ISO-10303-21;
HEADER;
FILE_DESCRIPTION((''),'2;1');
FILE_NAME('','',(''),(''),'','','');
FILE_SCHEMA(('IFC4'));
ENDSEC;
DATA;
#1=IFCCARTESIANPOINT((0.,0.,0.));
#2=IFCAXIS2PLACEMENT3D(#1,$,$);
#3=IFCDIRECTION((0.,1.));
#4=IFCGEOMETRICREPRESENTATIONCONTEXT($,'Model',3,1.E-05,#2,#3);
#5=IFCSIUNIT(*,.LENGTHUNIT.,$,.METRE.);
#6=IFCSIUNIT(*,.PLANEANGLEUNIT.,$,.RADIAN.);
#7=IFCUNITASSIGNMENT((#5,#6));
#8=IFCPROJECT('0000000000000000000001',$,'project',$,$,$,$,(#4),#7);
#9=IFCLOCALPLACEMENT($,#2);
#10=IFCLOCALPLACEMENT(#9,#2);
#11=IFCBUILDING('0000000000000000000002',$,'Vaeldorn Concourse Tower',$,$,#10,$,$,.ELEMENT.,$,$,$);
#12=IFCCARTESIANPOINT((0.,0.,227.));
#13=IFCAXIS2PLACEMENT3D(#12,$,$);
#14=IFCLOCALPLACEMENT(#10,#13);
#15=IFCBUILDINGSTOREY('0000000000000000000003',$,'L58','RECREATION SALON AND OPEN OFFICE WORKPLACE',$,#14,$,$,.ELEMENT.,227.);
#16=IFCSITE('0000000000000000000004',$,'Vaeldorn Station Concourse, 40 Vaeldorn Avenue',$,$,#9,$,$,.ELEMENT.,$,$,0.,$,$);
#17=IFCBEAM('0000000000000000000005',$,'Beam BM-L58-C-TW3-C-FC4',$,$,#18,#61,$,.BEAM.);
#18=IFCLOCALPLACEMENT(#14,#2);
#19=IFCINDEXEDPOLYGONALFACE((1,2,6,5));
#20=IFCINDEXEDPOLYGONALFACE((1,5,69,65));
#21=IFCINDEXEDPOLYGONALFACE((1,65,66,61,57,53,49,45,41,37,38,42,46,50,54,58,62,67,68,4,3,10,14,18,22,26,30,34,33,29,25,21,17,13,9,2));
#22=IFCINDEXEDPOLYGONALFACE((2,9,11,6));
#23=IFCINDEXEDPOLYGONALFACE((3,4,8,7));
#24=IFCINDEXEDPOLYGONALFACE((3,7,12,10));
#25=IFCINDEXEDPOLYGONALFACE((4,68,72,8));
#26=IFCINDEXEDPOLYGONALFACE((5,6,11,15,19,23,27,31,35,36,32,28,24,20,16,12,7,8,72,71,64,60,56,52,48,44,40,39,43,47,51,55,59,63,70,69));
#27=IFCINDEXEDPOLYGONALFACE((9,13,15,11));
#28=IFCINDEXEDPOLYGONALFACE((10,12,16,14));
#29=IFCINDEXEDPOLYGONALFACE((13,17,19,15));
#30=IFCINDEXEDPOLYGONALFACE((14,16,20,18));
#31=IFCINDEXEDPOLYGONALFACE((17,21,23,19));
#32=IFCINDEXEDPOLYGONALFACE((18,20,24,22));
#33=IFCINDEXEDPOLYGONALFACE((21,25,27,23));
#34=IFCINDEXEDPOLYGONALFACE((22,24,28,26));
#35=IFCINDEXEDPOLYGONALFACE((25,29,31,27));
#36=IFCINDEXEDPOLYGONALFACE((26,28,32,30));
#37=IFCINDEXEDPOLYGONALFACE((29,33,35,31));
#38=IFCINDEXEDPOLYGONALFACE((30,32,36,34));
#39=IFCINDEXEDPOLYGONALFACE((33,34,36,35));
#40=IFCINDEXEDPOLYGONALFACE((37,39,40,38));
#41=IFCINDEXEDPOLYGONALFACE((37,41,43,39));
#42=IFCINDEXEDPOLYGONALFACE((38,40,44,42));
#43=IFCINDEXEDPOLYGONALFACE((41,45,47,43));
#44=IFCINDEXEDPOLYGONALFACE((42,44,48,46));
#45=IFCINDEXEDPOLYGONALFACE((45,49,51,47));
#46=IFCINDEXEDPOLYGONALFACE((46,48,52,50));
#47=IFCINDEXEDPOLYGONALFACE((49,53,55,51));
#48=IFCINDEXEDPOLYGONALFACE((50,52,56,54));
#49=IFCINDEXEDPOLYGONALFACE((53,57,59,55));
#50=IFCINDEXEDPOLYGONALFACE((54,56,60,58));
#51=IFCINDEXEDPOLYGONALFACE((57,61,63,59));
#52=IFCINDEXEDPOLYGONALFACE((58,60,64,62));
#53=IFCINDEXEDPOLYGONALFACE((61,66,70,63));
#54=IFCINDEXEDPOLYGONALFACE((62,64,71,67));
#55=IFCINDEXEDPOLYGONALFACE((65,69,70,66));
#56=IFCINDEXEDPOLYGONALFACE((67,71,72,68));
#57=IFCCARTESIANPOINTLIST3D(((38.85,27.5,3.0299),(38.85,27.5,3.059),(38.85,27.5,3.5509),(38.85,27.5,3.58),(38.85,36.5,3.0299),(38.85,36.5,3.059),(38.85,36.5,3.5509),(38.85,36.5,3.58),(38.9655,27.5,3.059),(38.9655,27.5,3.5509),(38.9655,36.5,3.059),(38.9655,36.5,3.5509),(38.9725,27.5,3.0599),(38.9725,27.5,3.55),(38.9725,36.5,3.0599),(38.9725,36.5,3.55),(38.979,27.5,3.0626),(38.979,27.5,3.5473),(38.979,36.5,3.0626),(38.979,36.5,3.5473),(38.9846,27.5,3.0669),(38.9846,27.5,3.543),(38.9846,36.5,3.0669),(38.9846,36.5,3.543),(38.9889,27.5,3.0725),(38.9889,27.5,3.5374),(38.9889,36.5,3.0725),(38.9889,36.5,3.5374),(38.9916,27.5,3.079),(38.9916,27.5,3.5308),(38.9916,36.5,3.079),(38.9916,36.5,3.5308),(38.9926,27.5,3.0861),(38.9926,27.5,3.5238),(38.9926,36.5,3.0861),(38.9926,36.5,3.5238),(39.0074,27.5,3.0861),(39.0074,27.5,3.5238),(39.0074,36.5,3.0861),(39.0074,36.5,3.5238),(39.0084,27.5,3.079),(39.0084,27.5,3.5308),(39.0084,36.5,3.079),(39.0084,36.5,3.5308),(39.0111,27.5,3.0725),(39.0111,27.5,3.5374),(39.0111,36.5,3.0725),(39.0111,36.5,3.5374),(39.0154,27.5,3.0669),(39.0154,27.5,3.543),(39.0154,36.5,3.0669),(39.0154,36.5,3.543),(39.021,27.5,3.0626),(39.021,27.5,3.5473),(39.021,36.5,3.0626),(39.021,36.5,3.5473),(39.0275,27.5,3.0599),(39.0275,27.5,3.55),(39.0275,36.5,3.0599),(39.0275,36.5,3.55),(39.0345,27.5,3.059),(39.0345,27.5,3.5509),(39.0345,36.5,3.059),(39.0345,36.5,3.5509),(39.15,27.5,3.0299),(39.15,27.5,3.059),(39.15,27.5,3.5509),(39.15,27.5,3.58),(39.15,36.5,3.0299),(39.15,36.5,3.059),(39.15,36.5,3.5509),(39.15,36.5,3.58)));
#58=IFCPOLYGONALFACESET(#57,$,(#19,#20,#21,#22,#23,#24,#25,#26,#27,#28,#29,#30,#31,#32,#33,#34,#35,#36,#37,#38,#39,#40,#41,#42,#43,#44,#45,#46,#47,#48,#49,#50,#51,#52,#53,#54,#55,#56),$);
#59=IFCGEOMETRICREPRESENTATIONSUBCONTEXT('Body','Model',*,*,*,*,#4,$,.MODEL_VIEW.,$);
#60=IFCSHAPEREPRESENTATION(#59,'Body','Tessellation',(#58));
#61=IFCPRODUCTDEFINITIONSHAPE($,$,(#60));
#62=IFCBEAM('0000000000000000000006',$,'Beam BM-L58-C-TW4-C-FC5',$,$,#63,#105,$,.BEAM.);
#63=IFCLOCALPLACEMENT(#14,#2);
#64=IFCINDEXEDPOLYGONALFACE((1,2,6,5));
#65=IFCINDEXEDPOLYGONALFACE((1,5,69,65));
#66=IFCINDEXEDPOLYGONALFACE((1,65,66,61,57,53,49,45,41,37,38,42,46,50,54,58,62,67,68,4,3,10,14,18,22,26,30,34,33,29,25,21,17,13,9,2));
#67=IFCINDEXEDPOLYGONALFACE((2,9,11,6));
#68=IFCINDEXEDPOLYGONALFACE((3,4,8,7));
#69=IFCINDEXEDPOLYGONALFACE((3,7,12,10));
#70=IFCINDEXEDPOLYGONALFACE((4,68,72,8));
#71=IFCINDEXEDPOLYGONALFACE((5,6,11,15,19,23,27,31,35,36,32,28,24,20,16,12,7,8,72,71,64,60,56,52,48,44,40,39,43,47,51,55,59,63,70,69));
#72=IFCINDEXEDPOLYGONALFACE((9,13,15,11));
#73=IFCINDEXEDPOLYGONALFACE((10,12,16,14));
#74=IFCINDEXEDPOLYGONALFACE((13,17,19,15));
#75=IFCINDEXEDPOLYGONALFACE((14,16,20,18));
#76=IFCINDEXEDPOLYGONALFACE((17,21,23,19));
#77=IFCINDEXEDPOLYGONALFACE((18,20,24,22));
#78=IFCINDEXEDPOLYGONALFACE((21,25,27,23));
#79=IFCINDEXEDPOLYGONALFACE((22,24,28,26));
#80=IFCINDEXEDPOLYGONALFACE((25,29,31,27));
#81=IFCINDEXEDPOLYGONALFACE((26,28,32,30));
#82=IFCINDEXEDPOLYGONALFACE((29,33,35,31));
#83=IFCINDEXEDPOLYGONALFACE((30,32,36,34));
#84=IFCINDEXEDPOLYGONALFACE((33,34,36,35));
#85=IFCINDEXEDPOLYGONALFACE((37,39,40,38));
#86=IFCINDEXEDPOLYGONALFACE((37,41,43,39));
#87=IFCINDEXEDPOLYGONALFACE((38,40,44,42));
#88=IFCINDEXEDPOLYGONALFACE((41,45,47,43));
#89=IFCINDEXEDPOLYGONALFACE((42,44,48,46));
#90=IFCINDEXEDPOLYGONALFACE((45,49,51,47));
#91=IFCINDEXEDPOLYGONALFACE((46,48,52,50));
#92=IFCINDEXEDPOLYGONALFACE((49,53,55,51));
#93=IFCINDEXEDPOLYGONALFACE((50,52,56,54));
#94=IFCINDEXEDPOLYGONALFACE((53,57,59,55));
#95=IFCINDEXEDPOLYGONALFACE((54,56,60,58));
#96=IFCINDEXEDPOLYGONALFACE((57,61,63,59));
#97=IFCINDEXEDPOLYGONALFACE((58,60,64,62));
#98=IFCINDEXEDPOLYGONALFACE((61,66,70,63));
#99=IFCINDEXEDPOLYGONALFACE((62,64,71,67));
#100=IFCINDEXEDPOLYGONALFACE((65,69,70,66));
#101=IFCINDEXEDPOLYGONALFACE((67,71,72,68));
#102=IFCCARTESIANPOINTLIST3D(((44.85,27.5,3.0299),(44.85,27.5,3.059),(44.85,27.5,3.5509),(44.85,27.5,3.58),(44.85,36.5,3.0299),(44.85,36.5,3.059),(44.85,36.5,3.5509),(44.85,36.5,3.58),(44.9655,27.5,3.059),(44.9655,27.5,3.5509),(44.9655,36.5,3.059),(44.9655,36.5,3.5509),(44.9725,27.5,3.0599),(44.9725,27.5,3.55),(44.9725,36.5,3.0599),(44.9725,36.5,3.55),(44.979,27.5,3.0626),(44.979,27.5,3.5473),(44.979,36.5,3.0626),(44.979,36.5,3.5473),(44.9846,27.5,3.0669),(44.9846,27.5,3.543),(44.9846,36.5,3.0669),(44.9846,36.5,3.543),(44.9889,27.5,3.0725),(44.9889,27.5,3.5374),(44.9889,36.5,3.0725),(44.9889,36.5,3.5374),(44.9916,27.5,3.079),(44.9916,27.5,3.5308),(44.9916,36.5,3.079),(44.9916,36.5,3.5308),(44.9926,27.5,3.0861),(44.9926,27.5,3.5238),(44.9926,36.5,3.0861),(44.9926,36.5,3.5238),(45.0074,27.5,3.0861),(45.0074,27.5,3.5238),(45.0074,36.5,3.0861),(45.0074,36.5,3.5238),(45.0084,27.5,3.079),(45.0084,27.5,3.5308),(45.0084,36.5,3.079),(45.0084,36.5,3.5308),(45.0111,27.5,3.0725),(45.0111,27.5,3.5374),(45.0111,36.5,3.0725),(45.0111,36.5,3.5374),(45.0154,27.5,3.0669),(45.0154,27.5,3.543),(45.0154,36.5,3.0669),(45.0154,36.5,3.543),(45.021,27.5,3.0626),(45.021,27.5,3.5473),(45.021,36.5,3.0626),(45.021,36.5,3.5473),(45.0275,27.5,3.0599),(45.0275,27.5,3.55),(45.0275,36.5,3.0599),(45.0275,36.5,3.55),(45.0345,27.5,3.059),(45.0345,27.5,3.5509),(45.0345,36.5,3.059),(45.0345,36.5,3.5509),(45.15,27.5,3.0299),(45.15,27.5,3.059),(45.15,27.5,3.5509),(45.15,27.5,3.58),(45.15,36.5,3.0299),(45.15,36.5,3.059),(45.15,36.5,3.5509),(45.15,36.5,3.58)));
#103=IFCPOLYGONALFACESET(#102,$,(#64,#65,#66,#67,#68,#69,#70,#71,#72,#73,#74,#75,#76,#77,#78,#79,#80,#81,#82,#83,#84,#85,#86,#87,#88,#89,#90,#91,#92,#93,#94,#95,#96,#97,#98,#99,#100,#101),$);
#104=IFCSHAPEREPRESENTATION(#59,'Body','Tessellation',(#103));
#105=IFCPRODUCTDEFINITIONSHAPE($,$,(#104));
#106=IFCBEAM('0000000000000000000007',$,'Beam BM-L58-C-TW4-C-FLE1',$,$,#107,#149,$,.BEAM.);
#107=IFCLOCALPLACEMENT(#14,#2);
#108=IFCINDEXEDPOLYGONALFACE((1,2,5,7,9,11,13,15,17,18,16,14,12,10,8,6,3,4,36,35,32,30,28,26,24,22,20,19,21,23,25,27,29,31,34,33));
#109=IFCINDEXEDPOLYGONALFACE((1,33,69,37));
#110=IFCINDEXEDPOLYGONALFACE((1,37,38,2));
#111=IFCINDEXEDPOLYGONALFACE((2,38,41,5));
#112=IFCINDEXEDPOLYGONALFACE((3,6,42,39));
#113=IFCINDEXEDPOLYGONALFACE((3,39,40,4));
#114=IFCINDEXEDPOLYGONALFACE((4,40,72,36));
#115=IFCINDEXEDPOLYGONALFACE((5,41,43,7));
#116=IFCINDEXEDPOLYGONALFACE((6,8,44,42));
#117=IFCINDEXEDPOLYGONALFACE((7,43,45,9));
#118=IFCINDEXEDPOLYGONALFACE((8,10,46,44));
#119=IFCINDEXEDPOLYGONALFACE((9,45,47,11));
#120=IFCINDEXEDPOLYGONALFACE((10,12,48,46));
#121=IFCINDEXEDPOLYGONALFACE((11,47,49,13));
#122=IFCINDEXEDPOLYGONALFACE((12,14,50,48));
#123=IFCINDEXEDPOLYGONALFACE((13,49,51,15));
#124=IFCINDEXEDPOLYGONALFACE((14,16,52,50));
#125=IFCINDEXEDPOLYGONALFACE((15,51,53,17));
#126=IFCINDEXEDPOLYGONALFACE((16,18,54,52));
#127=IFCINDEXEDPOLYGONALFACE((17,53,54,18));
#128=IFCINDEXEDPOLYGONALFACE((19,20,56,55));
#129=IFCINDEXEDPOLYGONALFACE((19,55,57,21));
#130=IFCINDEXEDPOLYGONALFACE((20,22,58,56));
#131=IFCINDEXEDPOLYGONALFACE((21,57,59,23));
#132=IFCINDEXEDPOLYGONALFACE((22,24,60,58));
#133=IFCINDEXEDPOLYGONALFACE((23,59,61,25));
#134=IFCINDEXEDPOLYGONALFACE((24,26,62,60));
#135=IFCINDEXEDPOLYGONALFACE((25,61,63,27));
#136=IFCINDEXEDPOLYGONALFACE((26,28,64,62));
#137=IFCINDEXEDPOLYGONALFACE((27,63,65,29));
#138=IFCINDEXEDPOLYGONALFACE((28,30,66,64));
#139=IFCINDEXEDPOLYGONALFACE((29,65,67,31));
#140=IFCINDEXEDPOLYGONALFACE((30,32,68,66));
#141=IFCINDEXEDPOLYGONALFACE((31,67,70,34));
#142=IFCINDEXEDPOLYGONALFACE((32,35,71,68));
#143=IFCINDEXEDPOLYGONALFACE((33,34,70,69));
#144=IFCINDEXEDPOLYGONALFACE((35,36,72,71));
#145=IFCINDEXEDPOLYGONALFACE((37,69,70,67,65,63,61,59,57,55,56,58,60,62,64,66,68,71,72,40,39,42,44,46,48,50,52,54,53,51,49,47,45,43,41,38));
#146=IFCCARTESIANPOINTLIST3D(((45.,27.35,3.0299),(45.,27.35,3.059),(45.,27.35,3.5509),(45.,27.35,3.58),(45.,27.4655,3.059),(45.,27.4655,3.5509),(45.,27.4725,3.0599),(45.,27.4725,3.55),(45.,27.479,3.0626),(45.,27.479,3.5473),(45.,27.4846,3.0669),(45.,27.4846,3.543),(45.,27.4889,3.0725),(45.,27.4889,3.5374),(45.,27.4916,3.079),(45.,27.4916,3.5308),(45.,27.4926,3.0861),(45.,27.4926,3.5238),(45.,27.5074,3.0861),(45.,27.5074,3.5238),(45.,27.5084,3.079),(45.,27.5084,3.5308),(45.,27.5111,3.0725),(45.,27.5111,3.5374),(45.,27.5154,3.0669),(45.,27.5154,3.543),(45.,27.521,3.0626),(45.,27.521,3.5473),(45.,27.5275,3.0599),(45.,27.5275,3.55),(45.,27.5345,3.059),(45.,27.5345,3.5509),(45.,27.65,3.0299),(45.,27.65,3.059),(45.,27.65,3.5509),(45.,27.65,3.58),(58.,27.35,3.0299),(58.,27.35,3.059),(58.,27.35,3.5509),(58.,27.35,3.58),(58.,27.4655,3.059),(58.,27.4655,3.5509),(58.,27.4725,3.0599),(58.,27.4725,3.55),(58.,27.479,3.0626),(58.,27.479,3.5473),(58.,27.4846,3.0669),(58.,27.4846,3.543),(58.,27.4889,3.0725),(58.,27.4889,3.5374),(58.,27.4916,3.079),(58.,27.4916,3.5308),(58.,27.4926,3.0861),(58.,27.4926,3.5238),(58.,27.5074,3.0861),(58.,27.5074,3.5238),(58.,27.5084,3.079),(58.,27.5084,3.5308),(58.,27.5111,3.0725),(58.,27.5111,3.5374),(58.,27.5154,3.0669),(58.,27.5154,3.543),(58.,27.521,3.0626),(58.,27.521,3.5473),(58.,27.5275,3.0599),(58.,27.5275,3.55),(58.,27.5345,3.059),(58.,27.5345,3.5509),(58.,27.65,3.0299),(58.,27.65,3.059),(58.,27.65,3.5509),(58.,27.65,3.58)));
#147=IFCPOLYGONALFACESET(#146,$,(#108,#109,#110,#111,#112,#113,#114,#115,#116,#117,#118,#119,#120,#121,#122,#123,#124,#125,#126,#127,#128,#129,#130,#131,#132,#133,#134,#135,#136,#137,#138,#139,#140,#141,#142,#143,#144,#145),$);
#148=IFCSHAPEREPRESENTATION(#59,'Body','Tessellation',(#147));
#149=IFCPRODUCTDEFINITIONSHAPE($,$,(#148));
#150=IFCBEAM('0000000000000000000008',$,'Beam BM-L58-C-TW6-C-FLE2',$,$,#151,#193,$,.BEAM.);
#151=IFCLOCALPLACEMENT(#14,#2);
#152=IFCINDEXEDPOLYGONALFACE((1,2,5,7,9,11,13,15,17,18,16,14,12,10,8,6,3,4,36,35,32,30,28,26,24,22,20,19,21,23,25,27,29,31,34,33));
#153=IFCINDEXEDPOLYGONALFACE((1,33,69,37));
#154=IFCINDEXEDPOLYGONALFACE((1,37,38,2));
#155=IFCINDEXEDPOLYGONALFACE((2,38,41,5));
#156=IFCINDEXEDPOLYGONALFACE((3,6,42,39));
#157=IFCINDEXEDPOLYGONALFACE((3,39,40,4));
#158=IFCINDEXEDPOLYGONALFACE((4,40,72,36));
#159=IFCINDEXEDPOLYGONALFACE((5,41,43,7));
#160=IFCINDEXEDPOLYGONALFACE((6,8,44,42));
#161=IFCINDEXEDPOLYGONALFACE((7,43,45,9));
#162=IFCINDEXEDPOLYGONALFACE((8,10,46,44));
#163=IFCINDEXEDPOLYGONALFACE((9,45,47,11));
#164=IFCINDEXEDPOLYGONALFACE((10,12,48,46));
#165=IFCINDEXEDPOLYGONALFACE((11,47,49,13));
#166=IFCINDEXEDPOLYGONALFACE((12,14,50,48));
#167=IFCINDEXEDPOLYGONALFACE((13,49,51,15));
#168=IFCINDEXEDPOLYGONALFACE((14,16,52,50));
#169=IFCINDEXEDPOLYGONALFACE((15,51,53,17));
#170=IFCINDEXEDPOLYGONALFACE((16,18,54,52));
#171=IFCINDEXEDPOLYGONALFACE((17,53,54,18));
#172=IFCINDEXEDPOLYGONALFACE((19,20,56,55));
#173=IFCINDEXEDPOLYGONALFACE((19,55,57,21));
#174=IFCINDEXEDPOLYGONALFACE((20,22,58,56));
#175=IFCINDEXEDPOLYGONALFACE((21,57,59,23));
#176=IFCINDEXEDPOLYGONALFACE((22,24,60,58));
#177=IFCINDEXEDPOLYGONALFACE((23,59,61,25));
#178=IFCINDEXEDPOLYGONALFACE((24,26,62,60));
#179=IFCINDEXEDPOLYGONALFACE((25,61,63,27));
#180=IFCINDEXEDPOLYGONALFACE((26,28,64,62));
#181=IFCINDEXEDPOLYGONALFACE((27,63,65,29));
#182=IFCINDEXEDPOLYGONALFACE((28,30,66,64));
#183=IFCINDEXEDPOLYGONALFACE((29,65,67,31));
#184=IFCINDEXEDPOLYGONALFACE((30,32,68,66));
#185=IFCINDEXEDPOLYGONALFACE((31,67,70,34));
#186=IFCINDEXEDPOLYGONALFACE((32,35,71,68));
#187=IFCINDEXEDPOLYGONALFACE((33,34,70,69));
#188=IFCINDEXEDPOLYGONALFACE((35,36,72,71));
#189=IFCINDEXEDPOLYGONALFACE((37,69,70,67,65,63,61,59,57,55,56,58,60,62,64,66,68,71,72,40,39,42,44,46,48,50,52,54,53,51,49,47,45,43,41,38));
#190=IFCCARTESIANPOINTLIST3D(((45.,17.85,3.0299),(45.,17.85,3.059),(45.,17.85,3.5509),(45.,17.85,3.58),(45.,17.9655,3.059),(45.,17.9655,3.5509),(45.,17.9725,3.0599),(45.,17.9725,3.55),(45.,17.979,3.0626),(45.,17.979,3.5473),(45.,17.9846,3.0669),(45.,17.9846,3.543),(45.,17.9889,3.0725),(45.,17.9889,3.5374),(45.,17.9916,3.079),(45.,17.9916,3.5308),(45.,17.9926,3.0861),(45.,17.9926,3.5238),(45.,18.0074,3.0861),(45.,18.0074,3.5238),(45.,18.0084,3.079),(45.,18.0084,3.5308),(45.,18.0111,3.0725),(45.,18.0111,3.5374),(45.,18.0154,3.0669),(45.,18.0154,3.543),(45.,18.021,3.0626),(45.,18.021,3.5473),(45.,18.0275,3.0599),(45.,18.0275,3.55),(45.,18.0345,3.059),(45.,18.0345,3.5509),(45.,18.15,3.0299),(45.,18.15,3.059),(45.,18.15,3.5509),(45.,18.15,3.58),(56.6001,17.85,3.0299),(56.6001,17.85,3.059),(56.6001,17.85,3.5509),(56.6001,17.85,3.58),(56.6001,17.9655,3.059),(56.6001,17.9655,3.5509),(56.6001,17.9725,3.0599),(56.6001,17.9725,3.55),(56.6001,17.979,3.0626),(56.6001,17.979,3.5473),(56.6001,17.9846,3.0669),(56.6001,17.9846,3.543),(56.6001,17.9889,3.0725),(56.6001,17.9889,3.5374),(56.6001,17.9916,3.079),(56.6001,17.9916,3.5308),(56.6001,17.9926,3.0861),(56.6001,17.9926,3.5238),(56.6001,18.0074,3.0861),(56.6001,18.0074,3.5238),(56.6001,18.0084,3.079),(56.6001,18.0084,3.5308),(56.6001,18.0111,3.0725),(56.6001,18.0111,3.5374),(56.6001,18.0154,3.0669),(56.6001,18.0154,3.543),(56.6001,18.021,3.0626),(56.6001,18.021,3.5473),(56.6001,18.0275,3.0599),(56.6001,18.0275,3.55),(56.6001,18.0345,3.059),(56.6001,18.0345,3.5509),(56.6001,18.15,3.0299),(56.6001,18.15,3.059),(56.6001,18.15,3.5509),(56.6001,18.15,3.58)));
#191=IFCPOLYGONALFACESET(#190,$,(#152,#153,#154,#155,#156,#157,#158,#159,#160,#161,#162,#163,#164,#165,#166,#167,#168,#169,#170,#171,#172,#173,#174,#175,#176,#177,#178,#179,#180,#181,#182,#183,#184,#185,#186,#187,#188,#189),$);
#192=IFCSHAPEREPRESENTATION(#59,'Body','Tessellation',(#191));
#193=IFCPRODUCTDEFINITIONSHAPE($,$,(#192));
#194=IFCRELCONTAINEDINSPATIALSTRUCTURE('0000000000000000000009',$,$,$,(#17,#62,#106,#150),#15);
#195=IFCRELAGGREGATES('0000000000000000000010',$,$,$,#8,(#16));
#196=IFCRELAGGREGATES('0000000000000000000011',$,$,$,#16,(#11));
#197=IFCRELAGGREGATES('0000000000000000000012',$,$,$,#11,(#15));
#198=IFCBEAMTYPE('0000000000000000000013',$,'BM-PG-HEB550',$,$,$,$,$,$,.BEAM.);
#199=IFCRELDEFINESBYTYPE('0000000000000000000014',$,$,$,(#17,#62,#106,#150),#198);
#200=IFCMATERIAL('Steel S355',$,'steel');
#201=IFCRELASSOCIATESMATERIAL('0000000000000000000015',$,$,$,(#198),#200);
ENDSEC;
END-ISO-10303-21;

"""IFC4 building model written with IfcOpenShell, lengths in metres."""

from ifc_helpers import new_model, si_unit, direction, frame, origin, origin_2d, place, context, subcontext, project, spatial, i_section, extrude, source, transform, mapped, material, material_profile, profile_set, type_object, element, save


model = new_model("IFC4")

# Units and contexts
model_context = context("Model", 3, precision=1e-05, world=origin(), true_north=direction((0.0, 1.0)))
body_context = subcontext(model_context, "Body", "Model", "MODEL_VIEW")
ifc_project = project(units=[si_unit("LENGTHUNIT", "METRE"), si_unit("PLANEANGLEUNIT", "RADIAN")], contexts=[model_context])

# Site, building, storey
site_placement = place(None, origin())
site = spatial("IfcSite", under=ifc_project, at=site_placement, Name="Vaeldorn Station Concourse, 40 Vaeldorn Avenue", CompositionType="ELEMENT", RefElevation=0.0)
building_placement = place(site_placement, origin())
building = spatial("IfcBuilding", under=site, at=building_placement, Name="Vaeldorn Concourse Tower", CompositionType="ELEMENT")
storey_placement = place(building_placement, frame((0.0, 0.0, 227.0)))
storey = spatial("IfcBuildingStorey", under=building, at=storey_placement, Name="L58", Description="RECREATION SALON AND OPEN OFFICE WORKPLACE", CompositionType="ELEMENT", Elevation=227.0)

# Shared definitions
ifc_material_1 = material(Name="Steel S355", Category="steel")

# Beams
ifc_material_profile_1 = material_profile(ifc_material_1, i_section(OverallWidth=0.3, OverallDepth=0.55, WebThickness=0.0149, FlangeThickness=0.0291, FilletRadius=0.0271, at=origin_2d()), Name="HEB 550")
ifc_profile_set_1 = profile_set([ifc_material_profile_1], Name="Steel S355")
beam_type_1 = type_object("IfcBeamType", Name="BM-PG-HEB550", PredefinedType="BEAM", material=ifc_profile_set_1)
shared_shape_1 = source(origin(), body_context, "Body", "SweptSolid", [
    extrude(i_section(OverallWidth=0.3, OverallDepth=0.55, WebThickness=0.0149, FlangeThickness=0.0291, FilletRadius=0.0271, at=origin_2d()), origin(), (0.0, 0.0, 1.0), 9.0),
])
for number, where, z_axis, x_axis, name in (
    (1, (39.0, 27.5, 3.3049), (0.0, 1.0, 0.0), (-1.0, 0.0, 0.0), "Beam BM-L58-C-TW3-C-FC4"),
    (2, (45.0, 27.5, 3.3049), (0.0, 1.0, 0.0), (-1.0, 0.0, 0.0), "Beam BM-L58-C-TW4-C-FC5"),
):
    element("IfcBeam", number, at=place(storey_placement, frame(where, z_axis=z_axis, x_axis=x_axis)), inside=storey, type_object=beam_type_1, Name=name, PredefinedType="BEAM", context=body_context, shape_type="MappedRepresentation", body=[
        mapped(shared_shape_1, transform((0.0, 0.0, 0.0), scale=1.0)),
    ])
shared_shape_2 = source(origin(), body_context, "Body", "SweptSolid", [
    extrude(i_section(OverallWidth=0.3, OverallDepth=0.55, WebThickness=0.0149, FlangeThickness=0.0291, FilletRadius=0.0271, at=origin_2d()), origin(), (0.0, 0.0, 1.0), 13.0),
])
beam_1_placement = place(storey_placement, frame((45.0, 27.5, 3.3049), z_axis=(1.0, 0.0, 0.0), x_axis=(0.0, 1.0, 0.0)))
element("IfcBeam", 3, at=beam_1_placement, inside=storey, type_object=beam_type_1, Name="Beam BM-L58-C-TW4-C-FLE1", PredefinedType="BEAM", context=body_context, shape_type="MappedRepresentation", body=[
    mapped(shared_shape_2, transform((0.0, 0.0, 0.0), scale=1.0)),
])
shared_shape_3 = source(origin(), body_context, "Body", "SweptSolid", [
    extrude(i_section(OverallWidth=0.3, OverallDepth=0.55, WebThickness=0.0149, FlangeThickness=0.0291, FilletRadius=0.0271, at=origin_2d()), origin(), (0.0, 0.0, 1.0), 11.6001),
])
beam_2_placement = place(storey_placement, frame((45.0, 18.0, 3.3049), z_axis=(1.0, 0.0, 0.0), x_axis=(0.0, 1.0, 0.0)))
element("IfcBeam", 4, at=beam_2_placement, inside=storey, type_object=beam_type_1, Name="Beam BM-L58-C-TW6-C-FLE2", PredefinedType="BEAM", context=body_context, shape_type="MappedRepresentation", body=[
    mapped(shared_shape_3, transform((0.0, 0.0, 0.0), scale=1.0)),
])

save(model, "model.ifc")
